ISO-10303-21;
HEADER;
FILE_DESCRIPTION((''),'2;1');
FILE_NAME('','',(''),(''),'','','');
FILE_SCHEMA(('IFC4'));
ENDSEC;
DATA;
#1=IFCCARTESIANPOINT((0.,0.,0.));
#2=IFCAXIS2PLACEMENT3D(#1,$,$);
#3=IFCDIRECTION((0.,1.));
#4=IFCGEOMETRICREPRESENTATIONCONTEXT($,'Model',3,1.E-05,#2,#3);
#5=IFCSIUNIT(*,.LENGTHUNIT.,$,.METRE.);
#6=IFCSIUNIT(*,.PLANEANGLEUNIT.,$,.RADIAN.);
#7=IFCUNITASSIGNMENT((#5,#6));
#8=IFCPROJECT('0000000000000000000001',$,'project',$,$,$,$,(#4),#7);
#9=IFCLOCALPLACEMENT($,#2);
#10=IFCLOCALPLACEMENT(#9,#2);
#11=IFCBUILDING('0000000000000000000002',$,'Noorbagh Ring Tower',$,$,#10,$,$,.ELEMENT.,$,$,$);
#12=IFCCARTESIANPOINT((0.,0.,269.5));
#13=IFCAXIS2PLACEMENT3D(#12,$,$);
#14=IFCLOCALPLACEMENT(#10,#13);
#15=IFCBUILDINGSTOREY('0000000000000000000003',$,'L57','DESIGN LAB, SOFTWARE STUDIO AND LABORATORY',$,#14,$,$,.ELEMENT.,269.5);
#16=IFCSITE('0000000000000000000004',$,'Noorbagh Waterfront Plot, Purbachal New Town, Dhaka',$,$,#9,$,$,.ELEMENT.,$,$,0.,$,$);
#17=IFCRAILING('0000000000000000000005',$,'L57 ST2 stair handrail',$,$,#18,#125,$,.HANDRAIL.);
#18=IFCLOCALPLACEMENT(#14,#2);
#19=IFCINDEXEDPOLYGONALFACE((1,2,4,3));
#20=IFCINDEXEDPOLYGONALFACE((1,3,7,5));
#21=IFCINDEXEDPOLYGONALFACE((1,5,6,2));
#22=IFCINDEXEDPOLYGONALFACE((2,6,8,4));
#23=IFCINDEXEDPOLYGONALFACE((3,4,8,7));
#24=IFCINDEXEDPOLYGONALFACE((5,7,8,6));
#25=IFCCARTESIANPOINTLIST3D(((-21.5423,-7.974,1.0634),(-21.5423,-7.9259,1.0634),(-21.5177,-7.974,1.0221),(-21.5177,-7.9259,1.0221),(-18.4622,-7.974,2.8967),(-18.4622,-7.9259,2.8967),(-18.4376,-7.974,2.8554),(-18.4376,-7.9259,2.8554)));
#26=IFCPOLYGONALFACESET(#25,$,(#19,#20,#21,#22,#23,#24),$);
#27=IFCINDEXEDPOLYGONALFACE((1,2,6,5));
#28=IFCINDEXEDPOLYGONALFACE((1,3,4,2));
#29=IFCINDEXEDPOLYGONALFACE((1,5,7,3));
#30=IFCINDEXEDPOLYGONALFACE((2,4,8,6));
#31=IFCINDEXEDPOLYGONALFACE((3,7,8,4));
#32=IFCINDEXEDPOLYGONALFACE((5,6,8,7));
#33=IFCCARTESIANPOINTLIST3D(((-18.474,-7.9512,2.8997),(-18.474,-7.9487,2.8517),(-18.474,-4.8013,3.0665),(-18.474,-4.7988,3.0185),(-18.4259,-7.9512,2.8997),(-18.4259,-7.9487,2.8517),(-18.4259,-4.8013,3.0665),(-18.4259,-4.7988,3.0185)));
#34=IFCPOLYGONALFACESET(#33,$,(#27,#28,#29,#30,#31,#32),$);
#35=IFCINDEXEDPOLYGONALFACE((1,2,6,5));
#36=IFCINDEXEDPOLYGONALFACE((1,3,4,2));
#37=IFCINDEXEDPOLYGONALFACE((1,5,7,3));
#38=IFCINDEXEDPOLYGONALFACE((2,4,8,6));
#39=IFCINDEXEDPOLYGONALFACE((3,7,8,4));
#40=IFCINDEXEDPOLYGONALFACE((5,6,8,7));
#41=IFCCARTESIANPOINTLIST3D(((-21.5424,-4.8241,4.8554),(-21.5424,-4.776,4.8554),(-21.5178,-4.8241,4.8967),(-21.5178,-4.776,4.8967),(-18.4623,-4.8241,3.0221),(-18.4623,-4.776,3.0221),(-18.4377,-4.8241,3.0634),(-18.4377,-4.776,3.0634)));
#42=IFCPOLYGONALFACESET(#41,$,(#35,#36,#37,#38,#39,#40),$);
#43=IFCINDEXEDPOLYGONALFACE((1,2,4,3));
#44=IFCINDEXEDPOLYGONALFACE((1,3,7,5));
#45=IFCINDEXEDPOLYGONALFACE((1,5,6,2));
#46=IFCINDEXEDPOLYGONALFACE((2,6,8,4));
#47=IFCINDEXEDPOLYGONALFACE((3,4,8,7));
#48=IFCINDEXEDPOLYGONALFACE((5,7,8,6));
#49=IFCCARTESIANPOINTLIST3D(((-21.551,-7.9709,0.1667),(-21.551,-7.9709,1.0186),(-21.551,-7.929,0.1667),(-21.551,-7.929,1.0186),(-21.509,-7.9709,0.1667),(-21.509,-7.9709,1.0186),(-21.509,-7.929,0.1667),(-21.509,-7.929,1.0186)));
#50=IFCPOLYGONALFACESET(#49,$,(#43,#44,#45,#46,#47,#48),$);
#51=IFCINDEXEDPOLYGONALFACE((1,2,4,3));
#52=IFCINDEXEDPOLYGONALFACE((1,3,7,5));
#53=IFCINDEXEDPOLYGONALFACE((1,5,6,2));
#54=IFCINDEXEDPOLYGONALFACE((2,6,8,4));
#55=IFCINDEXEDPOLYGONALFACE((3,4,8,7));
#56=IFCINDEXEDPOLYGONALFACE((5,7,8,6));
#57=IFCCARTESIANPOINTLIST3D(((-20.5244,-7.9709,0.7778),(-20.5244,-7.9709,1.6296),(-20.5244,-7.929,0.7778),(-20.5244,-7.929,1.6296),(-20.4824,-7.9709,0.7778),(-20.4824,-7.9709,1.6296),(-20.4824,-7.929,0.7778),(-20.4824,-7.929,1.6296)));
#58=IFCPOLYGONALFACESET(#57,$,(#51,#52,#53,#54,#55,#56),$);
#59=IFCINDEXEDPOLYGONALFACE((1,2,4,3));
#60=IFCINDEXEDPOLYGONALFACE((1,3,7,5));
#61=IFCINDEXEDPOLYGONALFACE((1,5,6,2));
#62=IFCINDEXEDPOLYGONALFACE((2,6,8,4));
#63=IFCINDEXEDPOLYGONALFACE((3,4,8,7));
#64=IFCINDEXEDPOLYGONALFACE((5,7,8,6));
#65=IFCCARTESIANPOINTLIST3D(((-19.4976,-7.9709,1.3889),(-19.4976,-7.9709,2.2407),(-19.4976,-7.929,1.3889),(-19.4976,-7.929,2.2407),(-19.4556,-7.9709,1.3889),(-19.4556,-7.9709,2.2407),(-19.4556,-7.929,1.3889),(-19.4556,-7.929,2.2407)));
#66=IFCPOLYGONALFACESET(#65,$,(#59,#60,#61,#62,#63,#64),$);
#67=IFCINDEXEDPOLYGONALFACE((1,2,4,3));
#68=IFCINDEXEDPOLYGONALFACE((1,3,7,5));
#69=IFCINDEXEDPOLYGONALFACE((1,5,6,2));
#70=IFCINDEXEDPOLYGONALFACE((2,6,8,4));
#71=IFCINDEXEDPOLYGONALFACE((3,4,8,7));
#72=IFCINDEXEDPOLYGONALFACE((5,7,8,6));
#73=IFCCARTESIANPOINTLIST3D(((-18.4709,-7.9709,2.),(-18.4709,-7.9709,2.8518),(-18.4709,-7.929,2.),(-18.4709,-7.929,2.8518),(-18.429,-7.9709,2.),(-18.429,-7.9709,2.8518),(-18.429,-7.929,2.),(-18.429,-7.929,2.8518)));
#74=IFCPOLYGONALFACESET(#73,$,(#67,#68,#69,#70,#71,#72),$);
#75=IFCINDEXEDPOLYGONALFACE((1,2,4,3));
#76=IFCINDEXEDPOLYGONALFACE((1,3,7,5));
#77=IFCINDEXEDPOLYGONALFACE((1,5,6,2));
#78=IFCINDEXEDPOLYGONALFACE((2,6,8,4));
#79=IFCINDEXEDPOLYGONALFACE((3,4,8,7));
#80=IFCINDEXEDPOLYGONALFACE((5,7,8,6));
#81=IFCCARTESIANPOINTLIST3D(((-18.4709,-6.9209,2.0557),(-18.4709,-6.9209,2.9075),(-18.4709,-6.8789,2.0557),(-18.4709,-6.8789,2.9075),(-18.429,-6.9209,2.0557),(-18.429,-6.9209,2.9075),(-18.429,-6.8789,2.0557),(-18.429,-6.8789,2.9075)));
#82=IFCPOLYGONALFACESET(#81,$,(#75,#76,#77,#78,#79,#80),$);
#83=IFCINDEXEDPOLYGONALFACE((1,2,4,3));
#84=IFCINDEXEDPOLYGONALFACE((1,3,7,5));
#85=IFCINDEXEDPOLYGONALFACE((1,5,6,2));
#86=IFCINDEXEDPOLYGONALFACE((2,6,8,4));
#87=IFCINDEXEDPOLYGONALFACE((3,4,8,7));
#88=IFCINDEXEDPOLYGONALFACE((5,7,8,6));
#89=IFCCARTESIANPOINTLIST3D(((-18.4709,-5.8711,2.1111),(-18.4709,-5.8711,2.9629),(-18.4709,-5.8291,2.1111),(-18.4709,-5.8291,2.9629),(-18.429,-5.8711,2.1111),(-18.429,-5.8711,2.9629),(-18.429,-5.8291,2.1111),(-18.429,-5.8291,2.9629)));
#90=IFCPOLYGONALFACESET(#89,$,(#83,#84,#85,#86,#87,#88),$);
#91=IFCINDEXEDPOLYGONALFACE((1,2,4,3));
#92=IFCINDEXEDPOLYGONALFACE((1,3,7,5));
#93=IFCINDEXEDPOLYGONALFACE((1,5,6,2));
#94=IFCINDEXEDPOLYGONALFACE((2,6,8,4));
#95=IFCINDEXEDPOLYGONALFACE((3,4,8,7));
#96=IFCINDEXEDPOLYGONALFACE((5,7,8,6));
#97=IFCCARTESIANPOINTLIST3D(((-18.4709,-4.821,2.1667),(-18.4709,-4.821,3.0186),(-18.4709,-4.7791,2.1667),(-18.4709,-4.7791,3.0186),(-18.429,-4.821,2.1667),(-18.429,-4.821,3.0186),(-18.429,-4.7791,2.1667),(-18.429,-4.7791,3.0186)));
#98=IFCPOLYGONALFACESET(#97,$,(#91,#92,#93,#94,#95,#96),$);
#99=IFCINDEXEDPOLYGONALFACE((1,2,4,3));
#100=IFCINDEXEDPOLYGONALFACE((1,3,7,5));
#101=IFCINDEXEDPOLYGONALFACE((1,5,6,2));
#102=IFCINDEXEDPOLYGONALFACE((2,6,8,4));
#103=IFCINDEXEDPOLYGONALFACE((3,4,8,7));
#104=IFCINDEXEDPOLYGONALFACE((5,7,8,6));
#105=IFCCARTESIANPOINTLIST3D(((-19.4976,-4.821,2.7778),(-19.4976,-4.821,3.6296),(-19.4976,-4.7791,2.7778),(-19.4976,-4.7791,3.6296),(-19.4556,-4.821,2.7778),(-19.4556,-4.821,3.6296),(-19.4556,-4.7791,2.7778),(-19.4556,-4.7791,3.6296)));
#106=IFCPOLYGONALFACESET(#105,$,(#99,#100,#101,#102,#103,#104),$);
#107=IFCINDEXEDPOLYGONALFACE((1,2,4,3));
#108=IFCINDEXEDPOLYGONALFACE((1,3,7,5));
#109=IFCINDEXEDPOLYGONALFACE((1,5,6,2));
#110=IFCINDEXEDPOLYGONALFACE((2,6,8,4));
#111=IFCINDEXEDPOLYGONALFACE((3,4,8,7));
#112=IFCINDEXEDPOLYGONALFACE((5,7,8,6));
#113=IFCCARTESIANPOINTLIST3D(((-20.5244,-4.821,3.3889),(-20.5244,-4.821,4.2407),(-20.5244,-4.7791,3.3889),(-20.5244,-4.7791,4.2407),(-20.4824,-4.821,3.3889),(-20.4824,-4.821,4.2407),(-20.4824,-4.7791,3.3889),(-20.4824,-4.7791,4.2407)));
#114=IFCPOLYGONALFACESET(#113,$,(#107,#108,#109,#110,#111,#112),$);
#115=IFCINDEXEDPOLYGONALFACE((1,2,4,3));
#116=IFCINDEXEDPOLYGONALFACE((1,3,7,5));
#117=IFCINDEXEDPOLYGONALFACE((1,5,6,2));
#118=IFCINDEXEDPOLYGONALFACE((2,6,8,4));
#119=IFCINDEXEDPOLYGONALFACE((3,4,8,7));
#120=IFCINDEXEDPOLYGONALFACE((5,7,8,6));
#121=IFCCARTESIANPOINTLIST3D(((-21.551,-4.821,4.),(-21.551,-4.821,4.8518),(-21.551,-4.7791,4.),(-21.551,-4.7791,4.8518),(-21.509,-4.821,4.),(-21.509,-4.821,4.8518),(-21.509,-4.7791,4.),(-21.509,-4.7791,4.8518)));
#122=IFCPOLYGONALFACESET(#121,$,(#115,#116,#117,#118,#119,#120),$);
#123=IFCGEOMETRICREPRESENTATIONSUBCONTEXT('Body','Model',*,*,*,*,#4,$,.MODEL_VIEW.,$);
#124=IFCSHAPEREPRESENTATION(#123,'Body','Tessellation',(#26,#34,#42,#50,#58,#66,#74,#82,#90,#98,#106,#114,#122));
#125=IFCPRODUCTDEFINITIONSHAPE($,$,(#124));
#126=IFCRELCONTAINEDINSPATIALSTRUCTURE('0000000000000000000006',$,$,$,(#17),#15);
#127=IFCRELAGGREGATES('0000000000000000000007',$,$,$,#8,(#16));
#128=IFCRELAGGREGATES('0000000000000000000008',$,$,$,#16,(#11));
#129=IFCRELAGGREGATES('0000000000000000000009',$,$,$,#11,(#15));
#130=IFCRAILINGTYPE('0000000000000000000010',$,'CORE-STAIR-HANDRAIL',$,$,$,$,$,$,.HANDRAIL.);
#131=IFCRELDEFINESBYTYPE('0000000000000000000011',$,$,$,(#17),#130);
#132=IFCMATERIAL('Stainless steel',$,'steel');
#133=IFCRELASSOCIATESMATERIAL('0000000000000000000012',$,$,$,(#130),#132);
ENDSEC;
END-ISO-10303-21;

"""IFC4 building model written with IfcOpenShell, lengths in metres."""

from ifc_helpers import new_model, si_unit, direction, frame, origin, origin_2d, place, context, subcontext, project, spatial, rectangle, extrude, material, type_object, element, save


model = new_model("IFC4")

# Units and contexts
model_context = context("Model", 3, precision=1e-05, world=origin(), true_north=direction((0.0, 1.0)))
body_context = subcontext(model_context, "Body", "Model", "MODEL_VIEW")
ifc_project = project(units=[si_unit("LENGTHUNIT", "METRE"), si_unit("PLANEANGLEUNIT", "RADIAN")], contexts=[model_context])

# Site, building, storey
site_placement = place(None, origin())
site = spatial("IfcSite", under=ifc_project, at=site_placement, Name="Noorbagh Waterfront Plot, Purbachal New Town, Dhaka", CompositionType="ELEMENT", RefElevation=0.0)
building_placement = place(site_placement, origin())
building = spatial("IfcBuilding", under=site, at=building_placement, Name="Noorbagh Ring Tower", CompositionType="ELEMENT")
storey_placement = place(building_placement, frame((0.0, 0.0, 269.5)))
storey = spatial("IfcBuildingStorey", under=building, at=storey_placement, Name="L57", Description="DESIGN LAB, SOFTWARE STUDIO AND LABORATORY", CompositionType="ELEMENT", Elevation=269.5)

# Railing
ifc_material_1 = material(Name="Stainless steel", Category="steel")
railing_type_1 = type_object("IfcRailingType", Name="CORE-STAIR-HANDRAIL", PredefinedType="HANDRAIL", material=ifc_material_1)
railing_1_placement = place(storey_placement, frame((-21.53, -7.95, 0.1667)))
element("IfcRailing", 1, at=railing_1_placement, inside=storey, type_object=railing_type_1, Name="L57 ST2 stair handrail", PredefinedType="HANDRAIL", context=body_context, shape_type="SweptSolid", body=[
    extrude(rectangle(XDim=0.0481, YDim=0.0481, at=origin_2d()), frame((0.0, 0.0, 0.876), z_axis=(0.859309, 0.0, 0.511458), x_axis=(0.0, 1.0, 0.0)), (0.0, 0.0, 1.0), 3.5845),
    extrude(rectangle(XDim=0.0481, YDim=0.0481, at=origin_2d()), frame((3.0801, 0.0, 2.709), z_axis=(0.0, 0.998602, 0.052864), x_axis=(-1.0, 0.0, 0.0)), (0.0, 0.0, 1.0), 3.1543),
    extrude(rectangle(XDim=0.0481, YDim=0.0481, at=origin_2d()), frame((3.0801, 3.1499, 2.876), z_axis=(-0.859309, 0.0, 0.511458), x_axis=(0.0, -1.0, 0.0)), (0.0, 0.0, 1.0), 3.5845),
    extrude(rectangle(XDim=0.042, YDim=0.042, at=origin_2d()), origin(), (0.0, 0.0, 1.0), 0.8518),
    extrude(rectangle(XDim=0.042, YDim=0.042, at=origin_2d()), frame((1.0266, 0.0, 0.6111)), (0.0, 0.0, 1.0), 0.8518),
    extrude(rectangle(XDim=0.042, YDim=0.042, at=origin_2d()), frame((2.0535, 0.0, 1.2222)), (0.0, 0.0, 1.0), 0.8518),
    extrude(rectangle(XDim=0.042, YDim=0.042, at=origin_2d()), frame((3.0801, 0.0, 1.8333)), (0.0, 0.0, 1.0), 0.8518),
    extrude(rectangle(XDim=0.042, YDim=0.042, at=origin_2d()), frame((3.0801, 1.05, 1.8889)), (0.0, 0.0, 1.0), 0.8518),
    extrude(rectangle(XDim=0.042, YDim=0.042, at=origin_2d()), frame((3.0801, 2.0999, 1.9443)), (0.0, 0.0, 1.0), 0.8518),
    extrude(rectangle(XDim=0.042, YDim=0.042, at=origin_2d()), frame((3.0801, 3.1499, 2.0)), (0.0, 0.0, 1.0), 0.8518),
    extrude(rectangle(XDim=0.042, YDim=0.042, at=origin_2d()), frame((2.0535, 3.1499, 2.6111)), (0.0, 0.0, 1.0), 0.8518),
    extrude(rectangle(XDim=0.042, YDim=0.042, at=origin_2d()), frame((1.0266, 3.1499, 3.2222)), (0.0, 0.0, 1.0), 0.8518),
    extrude(rectangle(XDim=0.042, YDim=0.042, at=origin_2d()), frame((0.0, 3.1499, 3.8333)), (0.0, 0.0, 1.0), 0.8518),
])

save(model, "model.ifc")
